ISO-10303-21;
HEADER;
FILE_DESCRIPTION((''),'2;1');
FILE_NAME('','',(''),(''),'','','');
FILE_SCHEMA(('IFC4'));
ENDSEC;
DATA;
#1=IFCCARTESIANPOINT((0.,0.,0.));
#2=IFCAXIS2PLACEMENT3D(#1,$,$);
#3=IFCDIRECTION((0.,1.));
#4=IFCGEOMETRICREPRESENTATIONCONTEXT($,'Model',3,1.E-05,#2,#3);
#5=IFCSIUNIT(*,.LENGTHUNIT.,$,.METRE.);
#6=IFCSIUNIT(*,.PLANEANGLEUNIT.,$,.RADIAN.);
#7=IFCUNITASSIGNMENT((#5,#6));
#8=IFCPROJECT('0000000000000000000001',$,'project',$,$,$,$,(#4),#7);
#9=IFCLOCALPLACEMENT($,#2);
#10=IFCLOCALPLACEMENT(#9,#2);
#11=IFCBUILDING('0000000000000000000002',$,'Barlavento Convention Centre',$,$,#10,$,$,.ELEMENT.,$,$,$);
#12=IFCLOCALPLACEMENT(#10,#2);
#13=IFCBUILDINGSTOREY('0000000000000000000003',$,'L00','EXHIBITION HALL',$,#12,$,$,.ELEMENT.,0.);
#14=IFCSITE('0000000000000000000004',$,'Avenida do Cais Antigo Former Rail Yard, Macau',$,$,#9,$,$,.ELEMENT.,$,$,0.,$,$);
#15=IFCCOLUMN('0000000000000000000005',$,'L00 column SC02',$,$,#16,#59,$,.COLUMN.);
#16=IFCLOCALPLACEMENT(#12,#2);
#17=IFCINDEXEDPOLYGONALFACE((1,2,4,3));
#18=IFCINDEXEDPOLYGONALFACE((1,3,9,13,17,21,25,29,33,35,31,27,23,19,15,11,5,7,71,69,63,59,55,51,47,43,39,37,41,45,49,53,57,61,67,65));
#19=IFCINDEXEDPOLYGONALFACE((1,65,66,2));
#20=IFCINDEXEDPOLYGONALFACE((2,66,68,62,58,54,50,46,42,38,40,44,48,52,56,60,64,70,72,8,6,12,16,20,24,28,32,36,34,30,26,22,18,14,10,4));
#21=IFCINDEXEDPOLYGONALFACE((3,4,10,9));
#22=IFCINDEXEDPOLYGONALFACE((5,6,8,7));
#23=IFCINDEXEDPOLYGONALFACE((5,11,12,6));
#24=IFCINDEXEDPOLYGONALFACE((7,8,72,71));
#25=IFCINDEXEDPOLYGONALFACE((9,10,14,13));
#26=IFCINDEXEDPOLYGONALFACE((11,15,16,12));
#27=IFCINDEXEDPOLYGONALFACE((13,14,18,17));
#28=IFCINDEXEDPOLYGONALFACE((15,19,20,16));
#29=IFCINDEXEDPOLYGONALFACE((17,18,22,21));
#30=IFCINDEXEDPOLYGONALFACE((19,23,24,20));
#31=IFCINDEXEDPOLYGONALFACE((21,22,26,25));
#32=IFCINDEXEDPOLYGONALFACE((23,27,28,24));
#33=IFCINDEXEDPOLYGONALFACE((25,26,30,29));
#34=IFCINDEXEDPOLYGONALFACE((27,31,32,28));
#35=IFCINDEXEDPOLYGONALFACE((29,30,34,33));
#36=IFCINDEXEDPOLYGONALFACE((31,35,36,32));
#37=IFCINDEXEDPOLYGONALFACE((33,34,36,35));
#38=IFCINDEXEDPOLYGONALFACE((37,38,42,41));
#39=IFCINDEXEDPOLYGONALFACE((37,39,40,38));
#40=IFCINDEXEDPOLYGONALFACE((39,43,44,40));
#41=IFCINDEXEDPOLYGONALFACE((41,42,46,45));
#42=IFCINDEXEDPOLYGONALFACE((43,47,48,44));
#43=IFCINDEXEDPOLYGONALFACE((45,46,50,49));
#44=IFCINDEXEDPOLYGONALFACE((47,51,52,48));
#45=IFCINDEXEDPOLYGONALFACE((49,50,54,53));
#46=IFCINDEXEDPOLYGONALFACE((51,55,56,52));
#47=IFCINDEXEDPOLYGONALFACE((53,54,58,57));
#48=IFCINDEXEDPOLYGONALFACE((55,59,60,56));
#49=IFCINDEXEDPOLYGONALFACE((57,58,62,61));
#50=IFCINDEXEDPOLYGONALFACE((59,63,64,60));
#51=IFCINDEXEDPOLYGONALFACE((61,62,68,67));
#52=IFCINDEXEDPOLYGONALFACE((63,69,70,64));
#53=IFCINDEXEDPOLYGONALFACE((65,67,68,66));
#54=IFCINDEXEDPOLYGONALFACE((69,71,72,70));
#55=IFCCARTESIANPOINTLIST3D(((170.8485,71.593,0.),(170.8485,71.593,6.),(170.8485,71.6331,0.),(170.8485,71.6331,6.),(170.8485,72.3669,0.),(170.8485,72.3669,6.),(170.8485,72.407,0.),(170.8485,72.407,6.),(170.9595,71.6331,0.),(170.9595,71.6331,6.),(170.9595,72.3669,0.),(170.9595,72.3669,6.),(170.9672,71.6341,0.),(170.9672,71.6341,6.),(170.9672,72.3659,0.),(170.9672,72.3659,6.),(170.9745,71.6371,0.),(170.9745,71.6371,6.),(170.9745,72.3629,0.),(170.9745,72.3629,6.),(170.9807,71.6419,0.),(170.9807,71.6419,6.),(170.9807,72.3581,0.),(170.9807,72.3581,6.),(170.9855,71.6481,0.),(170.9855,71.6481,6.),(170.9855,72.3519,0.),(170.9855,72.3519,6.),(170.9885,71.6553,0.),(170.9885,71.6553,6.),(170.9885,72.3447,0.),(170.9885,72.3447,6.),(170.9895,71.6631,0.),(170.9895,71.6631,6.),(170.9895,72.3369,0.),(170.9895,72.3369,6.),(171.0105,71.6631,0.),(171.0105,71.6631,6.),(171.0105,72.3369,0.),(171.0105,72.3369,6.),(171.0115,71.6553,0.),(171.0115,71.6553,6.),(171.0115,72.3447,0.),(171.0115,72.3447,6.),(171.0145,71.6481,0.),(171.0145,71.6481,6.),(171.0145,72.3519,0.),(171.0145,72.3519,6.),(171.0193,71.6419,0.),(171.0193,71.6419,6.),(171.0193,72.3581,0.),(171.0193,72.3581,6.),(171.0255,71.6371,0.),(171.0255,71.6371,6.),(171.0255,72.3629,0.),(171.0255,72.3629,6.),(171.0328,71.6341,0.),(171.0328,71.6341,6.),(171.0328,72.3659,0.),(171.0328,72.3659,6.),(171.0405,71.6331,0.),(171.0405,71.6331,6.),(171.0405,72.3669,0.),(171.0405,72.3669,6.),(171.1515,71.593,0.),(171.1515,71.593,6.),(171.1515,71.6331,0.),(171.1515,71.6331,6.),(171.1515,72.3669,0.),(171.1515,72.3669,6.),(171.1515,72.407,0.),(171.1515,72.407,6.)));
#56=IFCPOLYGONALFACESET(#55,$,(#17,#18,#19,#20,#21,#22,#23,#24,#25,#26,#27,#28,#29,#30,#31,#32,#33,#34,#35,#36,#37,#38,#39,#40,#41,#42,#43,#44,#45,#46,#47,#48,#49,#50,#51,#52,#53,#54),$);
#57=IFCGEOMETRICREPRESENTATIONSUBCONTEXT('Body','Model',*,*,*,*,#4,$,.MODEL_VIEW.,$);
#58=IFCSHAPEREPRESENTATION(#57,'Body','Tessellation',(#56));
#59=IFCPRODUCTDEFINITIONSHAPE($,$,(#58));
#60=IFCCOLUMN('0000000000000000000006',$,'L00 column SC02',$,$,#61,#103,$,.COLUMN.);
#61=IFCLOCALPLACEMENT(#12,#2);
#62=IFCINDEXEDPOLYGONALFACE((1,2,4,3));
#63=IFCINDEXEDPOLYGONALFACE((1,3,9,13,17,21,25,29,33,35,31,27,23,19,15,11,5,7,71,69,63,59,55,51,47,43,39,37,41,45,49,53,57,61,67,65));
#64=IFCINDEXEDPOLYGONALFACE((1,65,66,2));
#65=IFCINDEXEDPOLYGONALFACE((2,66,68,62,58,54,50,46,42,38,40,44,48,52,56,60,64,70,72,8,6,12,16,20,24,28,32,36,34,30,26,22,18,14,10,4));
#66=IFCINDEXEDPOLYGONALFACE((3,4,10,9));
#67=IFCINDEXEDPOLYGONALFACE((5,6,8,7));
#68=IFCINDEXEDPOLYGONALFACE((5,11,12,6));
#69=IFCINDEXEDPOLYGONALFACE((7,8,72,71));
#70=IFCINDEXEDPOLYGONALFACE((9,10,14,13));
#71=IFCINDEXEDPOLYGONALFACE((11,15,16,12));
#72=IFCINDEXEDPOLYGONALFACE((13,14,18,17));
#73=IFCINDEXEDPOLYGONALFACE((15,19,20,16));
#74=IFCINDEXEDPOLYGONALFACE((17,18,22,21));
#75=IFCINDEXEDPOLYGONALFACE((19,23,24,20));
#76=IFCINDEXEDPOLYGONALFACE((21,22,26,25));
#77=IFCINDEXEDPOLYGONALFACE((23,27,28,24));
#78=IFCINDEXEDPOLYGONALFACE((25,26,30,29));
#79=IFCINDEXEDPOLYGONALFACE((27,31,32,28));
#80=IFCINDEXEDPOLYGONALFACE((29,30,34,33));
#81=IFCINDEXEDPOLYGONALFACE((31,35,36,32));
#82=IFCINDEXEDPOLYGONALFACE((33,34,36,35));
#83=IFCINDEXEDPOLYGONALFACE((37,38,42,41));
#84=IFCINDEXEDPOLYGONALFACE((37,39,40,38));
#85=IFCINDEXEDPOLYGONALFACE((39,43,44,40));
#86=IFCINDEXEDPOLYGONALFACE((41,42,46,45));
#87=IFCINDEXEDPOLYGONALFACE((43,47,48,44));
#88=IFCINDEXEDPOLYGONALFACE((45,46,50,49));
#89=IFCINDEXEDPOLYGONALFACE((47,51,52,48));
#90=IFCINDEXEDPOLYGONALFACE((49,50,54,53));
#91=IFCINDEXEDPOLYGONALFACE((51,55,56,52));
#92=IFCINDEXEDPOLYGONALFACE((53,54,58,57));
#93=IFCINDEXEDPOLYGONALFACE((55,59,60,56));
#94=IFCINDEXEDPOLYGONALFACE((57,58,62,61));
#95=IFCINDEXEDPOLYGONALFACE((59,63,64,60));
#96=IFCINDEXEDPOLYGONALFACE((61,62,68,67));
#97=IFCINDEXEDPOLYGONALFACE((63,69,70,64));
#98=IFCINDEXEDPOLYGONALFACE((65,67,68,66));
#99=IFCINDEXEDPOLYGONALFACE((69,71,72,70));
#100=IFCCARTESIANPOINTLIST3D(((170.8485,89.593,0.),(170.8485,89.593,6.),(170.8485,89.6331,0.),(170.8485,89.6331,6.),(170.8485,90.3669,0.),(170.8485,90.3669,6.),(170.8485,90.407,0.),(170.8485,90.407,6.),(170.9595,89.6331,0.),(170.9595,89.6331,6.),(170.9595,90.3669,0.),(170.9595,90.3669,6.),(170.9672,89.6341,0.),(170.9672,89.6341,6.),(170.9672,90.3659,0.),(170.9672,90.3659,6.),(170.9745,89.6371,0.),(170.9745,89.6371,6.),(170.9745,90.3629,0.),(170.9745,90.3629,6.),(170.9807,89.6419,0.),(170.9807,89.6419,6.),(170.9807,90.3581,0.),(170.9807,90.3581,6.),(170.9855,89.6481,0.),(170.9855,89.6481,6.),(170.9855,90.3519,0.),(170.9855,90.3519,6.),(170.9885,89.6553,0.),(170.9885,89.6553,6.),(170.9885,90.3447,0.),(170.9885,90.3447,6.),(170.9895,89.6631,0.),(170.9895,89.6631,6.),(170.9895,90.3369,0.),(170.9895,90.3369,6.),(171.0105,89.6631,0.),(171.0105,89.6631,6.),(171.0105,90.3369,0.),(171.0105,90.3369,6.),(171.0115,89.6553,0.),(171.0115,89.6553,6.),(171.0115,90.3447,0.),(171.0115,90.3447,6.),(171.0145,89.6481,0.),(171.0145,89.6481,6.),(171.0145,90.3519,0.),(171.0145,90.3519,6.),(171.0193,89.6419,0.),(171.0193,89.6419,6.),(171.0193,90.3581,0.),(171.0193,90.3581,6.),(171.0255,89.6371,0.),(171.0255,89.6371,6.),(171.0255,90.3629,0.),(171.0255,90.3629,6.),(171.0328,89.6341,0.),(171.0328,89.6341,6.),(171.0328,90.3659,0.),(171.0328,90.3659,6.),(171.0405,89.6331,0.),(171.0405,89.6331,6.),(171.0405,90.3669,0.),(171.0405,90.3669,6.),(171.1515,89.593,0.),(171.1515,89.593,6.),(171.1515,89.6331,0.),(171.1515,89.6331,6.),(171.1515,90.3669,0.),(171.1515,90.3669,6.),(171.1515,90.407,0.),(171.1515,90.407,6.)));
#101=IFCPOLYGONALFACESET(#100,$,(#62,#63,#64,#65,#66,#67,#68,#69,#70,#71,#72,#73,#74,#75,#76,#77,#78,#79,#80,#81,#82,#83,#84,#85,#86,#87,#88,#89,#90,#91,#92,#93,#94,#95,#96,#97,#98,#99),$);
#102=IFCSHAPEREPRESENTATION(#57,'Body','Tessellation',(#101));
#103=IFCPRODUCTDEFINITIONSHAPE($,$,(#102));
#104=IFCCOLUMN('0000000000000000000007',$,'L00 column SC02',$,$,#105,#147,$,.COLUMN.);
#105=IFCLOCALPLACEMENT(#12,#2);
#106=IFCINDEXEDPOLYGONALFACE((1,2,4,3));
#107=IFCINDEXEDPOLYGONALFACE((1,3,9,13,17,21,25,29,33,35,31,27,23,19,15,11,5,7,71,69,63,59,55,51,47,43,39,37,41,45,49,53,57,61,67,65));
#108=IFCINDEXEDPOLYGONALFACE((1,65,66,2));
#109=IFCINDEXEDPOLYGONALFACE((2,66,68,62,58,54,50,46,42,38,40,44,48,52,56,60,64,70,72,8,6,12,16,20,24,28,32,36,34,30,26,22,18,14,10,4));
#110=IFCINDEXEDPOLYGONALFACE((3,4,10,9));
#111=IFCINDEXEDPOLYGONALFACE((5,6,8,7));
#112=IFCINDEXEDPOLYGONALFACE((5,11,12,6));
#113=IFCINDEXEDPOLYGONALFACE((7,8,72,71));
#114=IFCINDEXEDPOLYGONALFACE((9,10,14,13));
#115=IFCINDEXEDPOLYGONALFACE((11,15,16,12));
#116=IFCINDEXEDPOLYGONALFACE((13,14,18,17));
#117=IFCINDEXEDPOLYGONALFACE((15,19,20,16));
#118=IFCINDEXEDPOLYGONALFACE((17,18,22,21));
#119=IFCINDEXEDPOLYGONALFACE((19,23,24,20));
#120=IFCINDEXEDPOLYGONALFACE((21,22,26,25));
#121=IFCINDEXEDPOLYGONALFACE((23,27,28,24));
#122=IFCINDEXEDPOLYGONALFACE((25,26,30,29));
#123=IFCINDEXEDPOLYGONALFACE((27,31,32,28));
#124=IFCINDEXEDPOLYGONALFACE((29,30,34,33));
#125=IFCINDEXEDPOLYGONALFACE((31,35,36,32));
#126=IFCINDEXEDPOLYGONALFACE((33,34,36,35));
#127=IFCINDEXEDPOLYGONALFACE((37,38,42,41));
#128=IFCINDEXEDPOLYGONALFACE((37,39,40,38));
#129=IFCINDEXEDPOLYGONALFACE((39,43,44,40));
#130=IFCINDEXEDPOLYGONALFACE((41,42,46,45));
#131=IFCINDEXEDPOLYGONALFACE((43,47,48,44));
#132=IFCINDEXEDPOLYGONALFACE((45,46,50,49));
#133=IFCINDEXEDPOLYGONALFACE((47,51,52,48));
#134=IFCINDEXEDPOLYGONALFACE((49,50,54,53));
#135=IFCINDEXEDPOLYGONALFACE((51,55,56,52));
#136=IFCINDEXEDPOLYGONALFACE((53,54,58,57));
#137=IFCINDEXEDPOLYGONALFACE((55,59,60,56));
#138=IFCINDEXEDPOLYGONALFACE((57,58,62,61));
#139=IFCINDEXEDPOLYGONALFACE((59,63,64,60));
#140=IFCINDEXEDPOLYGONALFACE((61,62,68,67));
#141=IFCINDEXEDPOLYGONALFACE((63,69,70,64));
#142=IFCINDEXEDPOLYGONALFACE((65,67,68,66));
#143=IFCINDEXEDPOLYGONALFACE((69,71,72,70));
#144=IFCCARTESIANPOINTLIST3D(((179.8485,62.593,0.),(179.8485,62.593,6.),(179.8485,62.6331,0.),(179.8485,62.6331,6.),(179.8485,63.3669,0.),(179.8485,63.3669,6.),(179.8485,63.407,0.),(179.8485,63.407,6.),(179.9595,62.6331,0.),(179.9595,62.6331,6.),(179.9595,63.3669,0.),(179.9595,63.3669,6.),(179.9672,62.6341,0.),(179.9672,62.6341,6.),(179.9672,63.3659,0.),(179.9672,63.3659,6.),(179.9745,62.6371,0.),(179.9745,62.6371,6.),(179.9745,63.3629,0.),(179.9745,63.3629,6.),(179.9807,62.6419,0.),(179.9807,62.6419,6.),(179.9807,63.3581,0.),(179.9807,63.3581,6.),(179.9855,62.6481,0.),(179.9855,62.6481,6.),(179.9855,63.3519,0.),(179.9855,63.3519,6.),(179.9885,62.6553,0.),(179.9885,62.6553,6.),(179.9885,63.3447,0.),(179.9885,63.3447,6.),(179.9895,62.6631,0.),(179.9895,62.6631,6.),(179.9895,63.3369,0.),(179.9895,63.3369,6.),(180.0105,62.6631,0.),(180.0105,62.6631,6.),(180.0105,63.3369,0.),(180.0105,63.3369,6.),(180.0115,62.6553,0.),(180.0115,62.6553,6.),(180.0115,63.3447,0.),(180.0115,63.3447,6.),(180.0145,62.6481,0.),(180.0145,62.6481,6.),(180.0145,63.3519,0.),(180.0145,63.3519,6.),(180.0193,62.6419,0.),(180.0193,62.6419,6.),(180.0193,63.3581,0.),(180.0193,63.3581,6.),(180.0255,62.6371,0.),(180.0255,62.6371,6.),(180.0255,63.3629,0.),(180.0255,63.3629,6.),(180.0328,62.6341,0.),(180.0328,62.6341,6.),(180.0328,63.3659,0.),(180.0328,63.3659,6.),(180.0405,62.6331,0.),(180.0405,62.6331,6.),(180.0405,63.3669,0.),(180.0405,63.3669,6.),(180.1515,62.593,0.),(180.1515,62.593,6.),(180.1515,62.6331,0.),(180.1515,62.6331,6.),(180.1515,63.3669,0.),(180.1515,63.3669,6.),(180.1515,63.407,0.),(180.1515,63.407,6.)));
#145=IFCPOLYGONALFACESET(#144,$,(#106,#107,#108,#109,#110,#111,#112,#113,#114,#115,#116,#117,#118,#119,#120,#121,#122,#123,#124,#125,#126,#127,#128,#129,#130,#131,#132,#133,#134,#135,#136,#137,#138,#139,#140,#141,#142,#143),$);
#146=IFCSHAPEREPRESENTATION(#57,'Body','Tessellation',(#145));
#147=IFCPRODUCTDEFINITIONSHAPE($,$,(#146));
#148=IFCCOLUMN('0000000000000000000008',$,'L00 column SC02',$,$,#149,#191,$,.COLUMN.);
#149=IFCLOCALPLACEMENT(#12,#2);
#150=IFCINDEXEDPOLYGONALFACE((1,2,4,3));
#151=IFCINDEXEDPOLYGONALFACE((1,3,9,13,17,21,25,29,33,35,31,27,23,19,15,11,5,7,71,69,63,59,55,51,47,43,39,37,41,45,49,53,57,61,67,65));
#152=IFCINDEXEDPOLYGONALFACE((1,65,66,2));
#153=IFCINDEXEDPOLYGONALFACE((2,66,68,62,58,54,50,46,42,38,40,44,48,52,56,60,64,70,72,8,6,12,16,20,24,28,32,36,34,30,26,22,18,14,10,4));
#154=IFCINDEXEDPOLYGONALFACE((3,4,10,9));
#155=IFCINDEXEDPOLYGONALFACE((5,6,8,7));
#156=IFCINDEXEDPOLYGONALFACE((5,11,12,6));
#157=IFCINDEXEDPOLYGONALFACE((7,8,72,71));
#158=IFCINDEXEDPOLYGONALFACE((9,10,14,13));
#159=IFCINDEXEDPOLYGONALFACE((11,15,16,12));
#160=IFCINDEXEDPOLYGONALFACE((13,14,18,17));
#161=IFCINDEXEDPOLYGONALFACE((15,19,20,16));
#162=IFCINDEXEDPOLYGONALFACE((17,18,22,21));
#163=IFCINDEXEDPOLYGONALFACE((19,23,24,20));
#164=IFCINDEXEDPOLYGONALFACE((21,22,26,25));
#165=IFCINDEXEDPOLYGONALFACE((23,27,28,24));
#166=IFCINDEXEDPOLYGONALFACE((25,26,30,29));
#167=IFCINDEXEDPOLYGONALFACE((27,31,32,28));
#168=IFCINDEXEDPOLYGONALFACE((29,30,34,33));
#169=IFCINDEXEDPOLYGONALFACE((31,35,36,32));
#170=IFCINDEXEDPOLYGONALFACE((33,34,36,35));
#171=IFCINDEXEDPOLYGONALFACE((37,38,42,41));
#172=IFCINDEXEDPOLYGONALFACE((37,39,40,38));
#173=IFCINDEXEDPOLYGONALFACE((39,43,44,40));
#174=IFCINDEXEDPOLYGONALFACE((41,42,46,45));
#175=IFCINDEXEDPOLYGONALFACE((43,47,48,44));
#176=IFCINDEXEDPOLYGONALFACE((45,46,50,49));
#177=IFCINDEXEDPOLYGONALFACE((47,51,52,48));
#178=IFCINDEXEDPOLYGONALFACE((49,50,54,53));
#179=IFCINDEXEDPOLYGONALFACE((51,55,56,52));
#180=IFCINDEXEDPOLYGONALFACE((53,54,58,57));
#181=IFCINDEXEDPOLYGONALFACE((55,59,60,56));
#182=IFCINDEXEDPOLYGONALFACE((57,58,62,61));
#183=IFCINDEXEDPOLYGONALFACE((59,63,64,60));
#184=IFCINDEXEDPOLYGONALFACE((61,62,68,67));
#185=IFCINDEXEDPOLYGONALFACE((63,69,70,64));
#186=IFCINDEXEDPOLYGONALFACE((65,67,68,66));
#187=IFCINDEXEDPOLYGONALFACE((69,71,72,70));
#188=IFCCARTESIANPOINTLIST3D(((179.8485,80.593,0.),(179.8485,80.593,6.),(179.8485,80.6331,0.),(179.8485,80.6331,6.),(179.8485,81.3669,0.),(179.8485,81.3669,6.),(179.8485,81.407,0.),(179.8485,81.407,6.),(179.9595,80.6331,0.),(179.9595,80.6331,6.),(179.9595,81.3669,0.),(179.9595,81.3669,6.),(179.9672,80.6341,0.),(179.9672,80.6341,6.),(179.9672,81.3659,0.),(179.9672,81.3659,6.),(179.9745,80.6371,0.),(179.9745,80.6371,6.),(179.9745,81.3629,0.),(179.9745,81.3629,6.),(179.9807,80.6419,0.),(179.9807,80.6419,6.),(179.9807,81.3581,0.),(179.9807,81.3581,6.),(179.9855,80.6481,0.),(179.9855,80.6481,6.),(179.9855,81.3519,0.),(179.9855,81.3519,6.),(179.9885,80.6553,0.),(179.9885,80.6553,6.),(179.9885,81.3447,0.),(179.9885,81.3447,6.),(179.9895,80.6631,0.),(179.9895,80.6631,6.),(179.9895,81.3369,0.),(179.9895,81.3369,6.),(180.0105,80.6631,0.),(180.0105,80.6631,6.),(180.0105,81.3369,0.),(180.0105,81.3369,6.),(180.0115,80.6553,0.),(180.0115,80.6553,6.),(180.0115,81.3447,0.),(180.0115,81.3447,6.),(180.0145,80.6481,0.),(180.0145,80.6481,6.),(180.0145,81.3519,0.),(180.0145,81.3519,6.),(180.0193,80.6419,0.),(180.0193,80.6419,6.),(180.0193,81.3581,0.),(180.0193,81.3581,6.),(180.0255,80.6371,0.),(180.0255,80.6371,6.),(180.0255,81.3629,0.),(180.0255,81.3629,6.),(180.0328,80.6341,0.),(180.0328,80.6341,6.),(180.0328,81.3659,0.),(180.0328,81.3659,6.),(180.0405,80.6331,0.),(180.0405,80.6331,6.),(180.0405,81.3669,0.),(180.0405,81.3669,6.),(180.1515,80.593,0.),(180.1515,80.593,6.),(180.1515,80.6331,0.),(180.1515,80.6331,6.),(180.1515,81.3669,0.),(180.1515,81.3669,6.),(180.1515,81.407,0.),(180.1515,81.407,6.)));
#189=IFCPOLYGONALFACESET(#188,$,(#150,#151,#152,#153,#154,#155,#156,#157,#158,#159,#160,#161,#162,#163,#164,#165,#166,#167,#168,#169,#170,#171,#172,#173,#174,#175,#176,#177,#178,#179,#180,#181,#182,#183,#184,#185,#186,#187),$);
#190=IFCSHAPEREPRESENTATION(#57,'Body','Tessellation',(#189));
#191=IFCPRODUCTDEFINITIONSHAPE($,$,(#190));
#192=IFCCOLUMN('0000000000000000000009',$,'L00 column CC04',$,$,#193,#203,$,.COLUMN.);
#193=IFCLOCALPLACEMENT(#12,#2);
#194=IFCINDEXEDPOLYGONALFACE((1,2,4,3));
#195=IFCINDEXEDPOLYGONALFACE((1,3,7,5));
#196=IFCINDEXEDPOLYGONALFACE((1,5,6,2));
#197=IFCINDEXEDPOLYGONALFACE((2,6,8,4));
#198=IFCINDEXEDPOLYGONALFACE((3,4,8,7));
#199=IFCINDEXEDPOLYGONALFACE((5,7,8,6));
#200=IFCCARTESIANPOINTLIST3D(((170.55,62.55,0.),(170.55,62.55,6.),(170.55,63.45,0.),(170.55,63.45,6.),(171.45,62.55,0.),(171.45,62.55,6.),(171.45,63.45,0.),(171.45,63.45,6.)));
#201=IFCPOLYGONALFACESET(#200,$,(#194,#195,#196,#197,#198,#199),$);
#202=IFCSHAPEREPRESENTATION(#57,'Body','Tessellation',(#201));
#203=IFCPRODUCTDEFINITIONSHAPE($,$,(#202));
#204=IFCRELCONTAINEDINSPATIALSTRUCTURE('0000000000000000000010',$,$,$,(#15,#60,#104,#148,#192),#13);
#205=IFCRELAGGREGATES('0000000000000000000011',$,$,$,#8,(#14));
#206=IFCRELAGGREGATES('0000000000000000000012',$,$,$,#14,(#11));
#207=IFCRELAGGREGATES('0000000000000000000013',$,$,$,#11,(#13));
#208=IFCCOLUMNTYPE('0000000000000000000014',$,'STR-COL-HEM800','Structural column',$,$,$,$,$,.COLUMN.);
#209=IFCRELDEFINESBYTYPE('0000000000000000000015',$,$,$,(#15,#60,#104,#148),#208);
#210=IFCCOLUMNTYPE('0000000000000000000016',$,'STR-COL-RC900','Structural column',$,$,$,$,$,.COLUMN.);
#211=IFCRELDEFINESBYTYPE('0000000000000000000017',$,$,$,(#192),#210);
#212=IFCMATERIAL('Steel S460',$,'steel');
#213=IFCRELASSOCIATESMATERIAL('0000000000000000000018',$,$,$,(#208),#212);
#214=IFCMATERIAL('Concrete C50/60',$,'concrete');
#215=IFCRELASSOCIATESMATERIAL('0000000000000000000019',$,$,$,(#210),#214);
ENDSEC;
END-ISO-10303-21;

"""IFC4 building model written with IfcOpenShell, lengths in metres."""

from ifc_helpers import new_model, si_unit, direction, frame, origin, origin_2d, place, context, subcontext, project, spatial, rectangle, i_section, extrude, material, material_profile, profile_set, type_object, element, save


model = new_model("IFC4")

# Units and contexts
model_context = context("Model", 3, precision=1e-05, world=origin(), true_north=direction((0.0, 1.0)))
body_context = subcontext(model_context, "Body", "Model", "MODEL_VIEW")
ifc_project = project(units=[si_unit("LENGTHUNIT", "METRE"), si_unit("PLANEANGLEUNIT", "RADIAN")], contexts=[model_context])

# Site, building, storey
site_placement = place(None, origin())
site = spatial("IfcSite", under=ifc_project, at=site_placement, Name="Avenida do Cais Antigo Former Rail Yard, Macau", CompositionType="ELEMENT", RefElevation=0.0)
building_placement = place(site_placement, origin())
building = spatial("IfcBuilding", under=site, at=building_placement, Name="Barlavento Convention Centre", CompositionType="ELEMENT")
storey_placement = place(building_placement, origin())
storey = spatial("IfcBuildingStorey", under=building, at=storey_placement, Name="L00", Description="EXHIBITION HALL", CompositionType="ELEMENT", Elevation=0.0)

# Columns
ifc_material_1 = material(Name="Steel S460", Category="steel")
ifc_material_profile_1 = material_profile(ifc_material_1, i_section(OverallWidth=0.303, OverallDepth=0.814, WebThickness=0.021, FlangeThickness=0.04, FilletRadius=0.03, at=origin_2d()), Name="HEM 800")
ifc_profile_set_1 = profile_set([ifc_material_profile_1], Name="Steel S460")
column_type_1 = type_object("IfcColumnType", Name="STR-COL-HEM800", Description="Structural column", PredefinedType="COLUMN", material=ifc_profile_set_1)
for number, where, z_axis, x_axis, name in (
    (1, (171.0, 72.0, 0.0), (0.0, 0.0, 1.0), (1.0, 0.0, 0.0), "L00 column SC02"),
    (2, (171.0, 90.0, 0.0), (0.0, 0.0, 1.0), (1.0, 0.0, 0.0), "L00 column SC02"),
    (3, (180.0, 63.0, 0.0), (0.0, 0.0, 1.0), (1.0, 0.0, 0.0), "L00 column SC02"),
    (4, (180.0, 81.0, 0.0), (0.0, 0.0, 1.0), (1.0, 0.0, 0.0), "L00 column SC02"),
):
    element("IfcColumn", number, at=place(storey_placement, frame(where, z_axis=z_axis, x_axis=x_axis)), inside=storey, type_object=column_type_1, Name=name, PredefinedType="COLUMN", context=body_context, shape_type="SweptSolid", body=[
        extrude(i_section(OverallWidth=0.303, OverallDepth=0.814, WebThickness=0.021, FlangeThickness=0.04, FilletRadius=0.03, at=origin_2d()), origin(), (0.0, 0.0, 1.0), 6.0),
    ])
ifc_material_2 = material(Name="Concrete C50/60", Category="concrete")
ifc_material_profile_2 = material_profile(ifc_material_2, rectangle(XDim=0.8999, YDim=0.8999, at=origin_2d()), Name="RC 900x900")
ifc_profile_set_2 = profile_set([ifc_material_profile_2], Name="Concrete C50/60")
column_type_2 = type_object("IfcColumnType", Name="STR-COL-RC900", Description="Structural column", PredefinedType="COLUMN", material=ifc_profile_set_2)
for number, where, z_axis, x_axis, name in (
    (5, (171.0, 63.0, 0.0), (0.0, 0.0, 1.0), (1.0, 0.0, 0.0), "L00 column CC04"),
):
    element("IfcColumn", number, at=place(storey_placement, frame(where, z_axis=z_axis, x_axis=x_axis)), inside=storey, type_object=column_type_2, Name=name, PredefinedType="COLUMN", context=body_context, shape_type="SweptSolid", body=[
        extrude(rectangle(XDim=0.8999, YDim=0.8999, at=origin_2d()), origin(), (0.0, 0.0, 1.0), 6.0),
    ])

save(model, "model.ifc")
